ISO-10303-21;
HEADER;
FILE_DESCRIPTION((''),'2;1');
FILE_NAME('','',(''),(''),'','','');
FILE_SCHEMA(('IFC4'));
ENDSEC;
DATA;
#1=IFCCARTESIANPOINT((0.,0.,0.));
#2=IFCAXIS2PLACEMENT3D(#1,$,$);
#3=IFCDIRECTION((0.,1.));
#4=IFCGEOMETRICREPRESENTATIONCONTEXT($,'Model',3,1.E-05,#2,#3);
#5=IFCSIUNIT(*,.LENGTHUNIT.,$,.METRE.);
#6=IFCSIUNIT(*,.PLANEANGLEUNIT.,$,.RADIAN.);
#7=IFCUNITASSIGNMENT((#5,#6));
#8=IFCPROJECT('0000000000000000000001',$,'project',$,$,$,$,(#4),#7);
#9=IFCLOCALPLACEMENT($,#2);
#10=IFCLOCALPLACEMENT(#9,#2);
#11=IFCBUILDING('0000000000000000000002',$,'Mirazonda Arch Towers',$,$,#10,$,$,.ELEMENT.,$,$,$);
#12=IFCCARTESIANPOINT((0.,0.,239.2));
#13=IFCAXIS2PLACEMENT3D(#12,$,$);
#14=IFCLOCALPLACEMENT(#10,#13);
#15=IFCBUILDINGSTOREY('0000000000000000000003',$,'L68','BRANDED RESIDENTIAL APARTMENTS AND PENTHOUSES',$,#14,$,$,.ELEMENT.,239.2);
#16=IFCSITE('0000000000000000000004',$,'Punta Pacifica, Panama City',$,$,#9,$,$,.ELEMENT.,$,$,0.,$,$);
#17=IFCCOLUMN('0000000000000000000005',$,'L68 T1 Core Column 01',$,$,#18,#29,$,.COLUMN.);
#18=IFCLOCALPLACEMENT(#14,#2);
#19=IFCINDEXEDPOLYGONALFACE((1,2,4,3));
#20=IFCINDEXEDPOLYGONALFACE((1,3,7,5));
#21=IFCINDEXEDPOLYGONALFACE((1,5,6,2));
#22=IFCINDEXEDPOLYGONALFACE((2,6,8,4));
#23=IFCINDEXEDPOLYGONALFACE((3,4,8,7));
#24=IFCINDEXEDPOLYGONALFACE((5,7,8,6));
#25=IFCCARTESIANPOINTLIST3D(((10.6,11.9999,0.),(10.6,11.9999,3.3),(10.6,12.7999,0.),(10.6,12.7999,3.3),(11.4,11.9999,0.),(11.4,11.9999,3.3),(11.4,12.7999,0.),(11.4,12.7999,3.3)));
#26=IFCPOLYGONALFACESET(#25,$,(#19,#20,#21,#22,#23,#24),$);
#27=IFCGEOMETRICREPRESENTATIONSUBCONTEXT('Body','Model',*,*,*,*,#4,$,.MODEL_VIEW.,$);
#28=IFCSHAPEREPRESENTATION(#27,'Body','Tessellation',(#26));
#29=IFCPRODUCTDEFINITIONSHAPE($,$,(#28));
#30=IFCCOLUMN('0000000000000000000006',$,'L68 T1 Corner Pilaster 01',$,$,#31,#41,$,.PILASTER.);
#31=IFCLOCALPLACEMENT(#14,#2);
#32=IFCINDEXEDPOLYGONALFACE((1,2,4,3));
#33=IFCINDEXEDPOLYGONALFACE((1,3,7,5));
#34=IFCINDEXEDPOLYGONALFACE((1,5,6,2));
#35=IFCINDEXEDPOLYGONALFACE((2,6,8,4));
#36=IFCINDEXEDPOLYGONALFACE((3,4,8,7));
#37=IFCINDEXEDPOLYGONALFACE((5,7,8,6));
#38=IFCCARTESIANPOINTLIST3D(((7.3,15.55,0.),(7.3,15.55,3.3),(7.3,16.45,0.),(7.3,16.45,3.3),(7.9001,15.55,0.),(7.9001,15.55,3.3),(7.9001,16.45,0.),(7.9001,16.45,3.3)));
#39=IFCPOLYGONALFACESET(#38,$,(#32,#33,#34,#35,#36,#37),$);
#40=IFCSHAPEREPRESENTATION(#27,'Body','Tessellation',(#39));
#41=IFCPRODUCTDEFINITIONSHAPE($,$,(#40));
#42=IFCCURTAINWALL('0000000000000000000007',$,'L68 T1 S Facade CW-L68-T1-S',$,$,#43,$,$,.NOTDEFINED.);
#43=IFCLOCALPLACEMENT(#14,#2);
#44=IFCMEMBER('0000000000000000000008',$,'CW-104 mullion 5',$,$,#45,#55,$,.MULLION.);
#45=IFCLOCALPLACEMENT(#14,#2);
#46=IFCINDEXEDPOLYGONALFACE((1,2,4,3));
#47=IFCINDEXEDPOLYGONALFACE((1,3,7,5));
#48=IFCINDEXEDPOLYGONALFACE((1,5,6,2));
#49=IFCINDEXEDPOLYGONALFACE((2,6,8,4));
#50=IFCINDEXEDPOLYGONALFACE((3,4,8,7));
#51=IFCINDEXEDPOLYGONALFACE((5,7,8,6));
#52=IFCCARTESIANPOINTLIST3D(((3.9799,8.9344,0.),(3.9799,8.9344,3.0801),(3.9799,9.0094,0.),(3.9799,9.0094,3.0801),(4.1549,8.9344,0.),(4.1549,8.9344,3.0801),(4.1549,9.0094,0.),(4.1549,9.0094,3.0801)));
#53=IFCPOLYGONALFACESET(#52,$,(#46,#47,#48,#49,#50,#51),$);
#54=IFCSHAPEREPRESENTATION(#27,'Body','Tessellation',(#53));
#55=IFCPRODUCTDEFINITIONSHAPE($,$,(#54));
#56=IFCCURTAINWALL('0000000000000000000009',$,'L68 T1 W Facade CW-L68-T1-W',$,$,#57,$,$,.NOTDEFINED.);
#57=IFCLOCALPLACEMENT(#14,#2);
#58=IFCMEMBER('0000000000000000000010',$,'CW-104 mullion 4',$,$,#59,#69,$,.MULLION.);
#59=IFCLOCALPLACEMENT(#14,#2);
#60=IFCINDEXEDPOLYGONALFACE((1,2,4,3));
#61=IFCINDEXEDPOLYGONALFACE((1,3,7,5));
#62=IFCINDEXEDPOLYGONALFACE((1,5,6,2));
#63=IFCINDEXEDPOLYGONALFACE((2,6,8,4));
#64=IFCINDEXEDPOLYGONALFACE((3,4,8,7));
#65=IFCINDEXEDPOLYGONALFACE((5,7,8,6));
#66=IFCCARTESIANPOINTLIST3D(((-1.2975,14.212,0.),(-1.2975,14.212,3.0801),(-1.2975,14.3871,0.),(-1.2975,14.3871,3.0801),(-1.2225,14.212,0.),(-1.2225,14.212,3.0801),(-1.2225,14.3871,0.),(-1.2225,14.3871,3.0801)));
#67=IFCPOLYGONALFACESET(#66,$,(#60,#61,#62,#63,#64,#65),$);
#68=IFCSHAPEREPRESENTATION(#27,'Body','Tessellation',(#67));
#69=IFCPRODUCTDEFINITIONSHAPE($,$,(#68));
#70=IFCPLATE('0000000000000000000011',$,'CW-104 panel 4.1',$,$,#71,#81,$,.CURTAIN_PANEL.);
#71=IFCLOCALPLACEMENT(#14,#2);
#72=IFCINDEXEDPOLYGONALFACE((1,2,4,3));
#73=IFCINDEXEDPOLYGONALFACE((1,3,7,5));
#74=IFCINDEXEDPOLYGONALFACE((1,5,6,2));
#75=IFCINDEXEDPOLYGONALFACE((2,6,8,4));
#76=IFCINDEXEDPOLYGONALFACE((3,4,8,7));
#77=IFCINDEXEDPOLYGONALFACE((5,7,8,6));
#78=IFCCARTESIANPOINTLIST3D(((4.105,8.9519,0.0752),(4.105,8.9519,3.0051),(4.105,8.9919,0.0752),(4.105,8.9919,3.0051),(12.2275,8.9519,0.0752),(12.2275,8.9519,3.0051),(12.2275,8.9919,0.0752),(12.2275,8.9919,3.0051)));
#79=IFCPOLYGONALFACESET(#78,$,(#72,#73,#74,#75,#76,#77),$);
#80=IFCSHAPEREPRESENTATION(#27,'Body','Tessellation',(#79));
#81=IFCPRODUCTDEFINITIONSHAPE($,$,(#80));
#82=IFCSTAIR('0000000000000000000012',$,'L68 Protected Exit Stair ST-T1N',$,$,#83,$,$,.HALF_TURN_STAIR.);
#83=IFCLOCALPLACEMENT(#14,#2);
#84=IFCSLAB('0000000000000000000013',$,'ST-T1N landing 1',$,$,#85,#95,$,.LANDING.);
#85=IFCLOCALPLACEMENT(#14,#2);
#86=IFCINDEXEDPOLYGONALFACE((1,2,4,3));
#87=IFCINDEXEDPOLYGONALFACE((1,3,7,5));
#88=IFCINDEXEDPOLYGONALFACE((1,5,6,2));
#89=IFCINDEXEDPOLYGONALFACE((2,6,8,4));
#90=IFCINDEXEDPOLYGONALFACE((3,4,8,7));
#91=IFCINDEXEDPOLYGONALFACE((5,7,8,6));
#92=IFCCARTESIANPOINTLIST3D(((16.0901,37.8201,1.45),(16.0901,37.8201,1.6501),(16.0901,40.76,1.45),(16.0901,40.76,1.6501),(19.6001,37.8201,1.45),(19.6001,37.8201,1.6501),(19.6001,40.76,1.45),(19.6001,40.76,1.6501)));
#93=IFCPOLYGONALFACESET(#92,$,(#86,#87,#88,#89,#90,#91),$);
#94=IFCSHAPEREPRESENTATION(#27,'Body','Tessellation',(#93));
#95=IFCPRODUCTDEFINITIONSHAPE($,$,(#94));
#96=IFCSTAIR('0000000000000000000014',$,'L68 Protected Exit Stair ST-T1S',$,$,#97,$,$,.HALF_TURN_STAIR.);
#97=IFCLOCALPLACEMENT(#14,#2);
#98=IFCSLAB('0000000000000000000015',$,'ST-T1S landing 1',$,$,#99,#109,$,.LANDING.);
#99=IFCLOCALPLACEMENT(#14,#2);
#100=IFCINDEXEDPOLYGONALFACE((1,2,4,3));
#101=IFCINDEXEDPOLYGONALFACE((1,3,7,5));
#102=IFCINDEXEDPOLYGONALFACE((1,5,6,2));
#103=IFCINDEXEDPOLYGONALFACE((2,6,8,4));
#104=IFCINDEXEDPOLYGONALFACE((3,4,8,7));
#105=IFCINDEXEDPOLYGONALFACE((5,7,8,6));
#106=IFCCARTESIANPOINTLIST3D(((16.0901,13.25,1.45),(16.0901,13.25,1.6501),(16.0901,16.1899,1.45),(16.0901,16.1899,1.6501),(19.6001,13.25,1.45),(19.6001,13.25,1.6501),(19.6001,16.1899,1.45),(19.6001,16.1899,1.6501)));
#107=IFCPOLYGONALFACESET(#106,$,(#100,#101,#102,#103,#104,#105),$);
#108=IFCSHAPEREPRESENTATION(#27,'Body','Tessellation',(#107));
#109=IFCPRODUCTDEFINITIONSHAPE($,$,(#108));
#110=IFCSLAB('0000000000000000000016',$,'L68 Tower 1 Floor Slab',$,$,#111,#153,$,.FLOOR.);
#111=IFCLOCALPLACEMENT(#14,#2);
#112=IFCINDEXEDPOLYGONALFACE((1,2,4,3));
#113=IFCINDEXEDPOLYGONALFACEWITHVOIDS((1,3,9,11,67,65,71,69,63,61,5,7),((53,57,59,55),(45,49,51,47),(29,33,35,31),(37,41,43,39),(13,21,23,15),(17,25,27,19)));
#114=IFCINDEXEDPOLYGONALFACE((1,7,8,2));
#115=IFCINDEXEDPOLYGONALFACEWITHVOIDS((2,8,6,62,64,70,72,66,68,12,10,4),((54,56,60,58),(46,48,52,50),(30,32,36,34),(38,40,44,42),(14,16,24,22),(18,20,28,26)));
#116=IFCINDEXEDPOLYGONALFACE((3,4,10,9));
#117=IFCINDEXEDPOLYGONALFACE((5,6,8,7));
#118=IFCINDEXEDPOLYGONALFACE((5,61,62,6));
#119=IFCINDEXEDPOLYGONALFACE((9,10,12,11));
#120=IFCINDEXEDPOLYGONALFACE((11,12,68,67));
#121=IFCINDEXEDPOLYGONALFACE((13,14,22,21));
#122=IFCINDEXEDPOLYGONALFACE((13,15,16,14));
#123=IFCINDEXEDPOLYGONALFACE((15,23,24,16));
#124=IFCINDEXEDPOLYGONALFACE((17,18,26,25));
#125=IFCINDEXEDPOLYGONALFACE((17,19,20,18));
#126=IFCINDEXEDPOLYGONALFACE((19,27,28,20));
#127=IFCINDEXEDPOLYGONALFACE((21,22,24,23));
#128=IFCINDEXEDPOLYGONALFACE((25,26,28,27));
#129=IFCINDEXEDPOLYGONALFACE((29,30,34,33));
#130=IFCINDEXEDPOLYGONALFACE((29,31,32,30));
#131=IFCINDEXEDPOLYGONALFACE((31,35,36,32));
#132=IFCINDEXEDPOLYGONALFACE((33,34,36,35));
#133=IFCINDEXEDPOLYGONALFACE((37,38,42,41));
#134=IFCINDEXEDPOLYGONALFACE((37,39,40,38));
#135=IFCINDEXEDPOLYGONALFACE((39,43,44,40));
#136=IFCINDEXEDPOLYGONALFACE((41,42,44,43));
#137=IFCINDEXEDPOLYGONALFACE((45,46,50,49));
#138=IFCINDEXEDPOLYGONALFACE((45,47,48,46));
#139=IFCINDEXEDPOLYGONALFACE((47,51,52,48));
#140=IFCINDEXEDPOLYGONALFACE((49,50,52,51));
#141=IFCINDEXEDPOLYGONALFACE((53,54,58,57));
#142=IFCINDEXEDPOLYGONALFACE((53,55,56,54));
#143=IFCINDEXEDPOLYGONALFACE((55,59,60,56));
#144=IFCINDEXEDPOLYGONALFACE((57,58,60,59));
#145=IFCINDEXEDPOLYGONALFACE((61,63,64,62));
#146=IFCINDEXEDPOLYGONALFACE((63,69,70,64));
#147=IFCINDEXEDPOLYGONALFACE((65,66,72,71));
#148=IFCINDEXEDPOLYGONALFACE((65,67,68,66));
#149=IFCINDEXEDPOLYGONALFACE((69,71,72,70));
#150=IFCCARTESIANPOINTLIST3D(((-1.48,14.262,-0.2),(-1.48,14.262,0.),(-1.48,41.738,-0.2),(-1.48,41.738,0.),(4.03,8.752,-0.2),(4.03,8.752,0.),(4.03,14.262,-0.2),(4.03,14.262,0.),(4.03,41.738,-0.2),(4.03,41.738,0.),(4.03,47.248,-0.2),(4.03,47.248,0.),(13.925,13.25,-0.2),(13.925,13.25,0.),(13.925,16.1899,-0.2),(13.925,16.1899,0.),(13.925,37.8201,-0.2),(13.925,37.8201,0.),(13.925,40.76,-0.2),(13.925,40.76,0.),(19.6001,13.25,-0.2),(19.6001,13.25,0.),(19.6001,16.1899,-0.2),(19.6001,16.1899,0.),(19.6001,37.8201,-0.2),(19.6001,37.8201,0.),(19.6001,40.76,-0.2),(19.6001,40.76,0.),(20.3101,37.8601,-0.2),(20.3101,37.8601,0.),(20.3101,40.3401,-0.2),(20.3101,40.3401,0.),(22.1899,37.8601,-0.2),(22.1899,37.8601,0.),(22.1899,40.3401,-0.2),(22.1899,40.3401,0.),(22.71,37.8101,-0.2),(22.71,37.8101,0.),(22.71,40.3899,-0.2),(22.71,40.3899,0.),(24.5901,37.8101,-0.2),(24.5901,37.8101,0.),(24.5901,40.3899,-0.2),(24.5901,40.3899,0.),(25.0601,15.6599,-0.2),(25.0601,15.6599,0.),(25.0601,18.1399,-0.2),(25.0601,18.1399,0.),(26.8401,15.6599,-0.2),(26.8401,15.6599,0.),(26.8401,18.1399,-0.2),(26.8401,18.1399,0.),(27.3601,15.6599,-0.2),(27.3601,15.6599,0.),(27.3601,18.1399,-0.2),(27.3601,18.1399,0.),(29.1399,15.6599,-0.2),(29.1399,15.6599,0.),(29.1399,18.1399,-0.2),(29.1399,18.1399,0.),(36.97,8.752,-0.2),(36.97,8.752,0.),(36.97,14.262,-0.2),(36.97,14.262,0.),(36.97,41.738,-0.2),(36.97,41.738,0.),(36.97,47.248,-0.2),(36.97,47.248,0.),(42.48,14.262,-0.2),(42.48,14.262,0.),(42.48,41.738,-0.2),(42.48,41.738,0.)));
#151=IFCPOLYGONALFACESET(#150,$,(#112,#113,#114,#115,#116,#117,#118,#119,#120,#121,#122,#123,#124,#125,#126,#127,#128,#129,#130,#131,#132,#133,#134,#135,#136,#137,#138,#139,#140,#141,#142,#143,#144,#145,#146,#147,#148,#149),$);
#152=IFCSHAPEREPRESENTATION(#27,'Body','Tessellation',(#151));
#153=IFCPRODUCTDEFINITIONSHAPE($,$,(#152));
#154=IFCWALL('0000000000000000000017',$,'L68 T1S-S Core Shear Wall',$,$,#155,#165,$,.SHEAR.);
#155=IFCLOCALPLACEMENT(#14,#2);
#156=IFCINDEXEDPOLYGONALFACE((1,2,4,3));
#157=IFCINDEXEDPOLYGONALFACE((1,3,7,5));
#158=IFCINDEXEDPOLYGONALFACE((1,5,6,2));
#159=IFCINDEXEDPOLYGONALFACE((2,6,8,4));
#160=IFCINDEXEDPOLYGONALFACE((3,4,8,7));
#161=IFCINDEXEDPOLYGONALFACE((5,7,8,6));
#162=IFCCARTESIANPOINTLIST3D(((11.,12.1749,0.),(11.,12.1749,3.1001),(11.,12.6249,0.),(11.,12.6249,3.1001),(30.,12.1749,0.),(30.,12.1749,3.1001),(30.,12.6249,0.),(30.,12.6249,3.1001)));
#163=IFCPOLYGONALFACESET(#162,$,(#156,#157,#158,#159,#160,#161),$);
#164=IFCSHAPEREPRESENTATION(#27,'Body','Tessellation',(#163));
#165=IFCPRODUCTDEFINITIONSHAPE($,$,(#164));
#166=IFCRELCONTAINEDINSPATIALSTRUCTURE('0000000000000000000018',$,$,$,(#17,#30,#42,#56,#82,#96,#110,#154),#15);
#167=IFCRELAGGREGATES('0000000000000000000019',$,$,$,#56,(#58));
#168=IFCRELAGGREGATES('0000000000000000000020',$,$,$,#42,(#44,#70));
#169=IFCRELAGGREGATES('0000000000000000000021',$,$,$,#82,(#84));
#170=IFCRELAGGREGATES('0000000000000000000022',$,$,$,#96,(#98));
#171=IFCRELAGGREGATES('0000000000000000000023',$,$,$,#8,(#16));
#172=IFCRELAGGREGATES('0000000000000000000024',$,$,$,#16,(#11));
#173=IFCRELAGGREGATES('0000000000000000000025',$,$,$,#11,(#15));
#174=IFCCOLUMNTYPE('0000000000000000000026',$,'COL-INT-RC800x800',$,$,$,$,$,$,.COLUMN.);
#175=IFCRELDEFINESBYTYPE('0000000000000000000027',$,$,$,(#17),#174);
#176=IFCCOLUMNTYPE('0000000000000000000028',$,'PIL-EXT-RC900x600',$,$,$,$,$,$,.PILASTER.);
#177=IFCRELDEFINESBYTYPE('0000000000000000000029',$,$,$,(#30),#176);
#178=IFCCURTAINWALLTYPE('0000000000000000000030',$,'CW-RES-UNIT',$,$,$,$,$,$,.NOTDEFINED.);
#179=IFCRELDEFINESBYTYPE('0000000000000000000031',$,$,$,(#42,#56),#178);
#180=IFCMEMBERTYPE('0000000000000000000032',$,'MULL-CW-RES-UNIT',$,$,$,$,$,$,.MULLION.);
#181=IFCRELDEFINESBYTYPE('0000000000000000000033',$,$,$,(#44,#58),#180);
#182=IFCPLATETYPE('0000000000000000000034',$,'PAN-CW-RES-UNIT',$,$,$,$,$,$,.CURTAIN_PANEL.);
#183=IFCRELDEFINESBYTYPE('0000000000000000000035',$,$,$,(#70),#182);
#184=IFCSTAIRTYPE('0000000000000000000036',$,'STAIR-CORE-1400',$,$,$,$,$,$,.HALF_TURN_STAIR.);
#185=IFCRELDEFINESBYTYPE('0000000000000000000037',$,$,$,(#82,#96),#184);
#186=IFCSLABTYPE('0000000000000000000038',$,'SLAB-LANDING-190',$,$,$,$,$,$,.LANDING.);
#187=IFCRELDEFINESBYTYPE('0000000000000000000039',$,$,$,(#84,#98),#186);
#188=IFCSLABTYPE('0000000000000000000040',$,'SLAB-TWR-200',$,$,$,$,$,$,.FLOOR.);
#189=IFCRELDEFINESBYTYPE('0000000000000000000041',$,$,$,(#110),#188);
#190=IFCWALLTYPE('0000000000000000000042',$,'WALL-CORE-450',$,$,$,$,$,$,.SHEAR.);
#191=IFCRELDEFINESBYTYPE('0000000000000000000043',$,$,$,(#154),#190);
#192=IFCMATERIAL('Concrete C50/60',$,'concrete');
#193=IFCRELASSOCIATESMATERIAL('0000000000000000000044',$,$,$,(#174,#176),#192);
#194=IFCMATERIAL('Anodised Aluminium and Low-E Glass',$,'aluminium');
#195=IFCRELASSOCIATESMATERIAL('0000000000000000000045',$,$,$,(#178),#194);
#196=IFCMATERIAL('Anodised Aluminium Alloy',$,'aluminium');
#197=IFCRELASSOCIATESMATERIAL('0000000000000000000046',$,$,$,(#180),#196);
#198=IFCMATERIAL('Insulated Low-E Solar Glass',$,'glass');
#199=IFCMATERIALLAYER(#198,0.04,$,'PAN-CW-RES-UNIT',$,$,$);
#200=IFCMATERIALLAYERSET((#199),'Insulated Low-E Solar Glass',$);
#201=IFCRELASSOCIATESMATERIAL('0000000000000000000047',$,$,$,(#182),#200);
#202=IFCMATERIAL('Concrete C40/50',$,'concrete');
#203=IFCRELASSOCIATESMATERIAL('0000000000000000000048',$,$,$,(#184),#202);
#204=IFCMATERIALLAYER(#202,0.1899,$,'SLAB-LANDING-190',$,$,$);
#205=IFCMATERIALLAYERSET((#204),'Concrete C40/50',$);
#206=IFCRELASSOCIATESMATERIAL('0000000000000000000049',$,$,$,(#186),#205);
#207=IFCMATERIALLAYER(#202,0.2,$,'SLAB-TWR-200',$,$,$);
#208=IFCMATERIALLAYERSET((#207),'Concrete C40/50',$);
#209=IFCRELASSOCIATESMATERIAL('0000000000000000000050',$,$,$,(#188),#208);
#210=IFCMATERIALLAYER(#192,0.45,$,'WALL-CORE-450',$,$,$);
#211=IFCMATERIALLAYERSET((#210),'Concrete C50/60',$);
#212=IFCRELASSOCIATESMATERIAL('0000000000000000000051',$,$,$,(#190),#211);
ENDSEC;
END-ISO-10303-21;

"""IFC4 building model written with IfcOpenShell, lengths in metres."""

from ifc_helpers import new_model, si_unit, direction, frame, frame_2d, origin, origin_2d, place, context, subcontext, project, spatial, polyline, rectangle, outline, extrude, material, layer, layer_set, material_profile, profile_set, type_object, element, aggregate, save


model = new_model("IFC4")

# Units and contexts
model_context = context("Model", 3, precision=1e-05, world=origin(), true_north=direction((0.0, 1.0)))
body_context = subcontext(model_context, "Body", "Model", "MODEL_VIEW")
ifc_project = project(units=[si_unit("LENGTHUNIT", "METRE"), si_unit("PLANEANGLEUNIT", "RADIAN")], contexts=[model_context])

# Site, building, storey
site_placement = place(None, origin())
site = spatial("IfcSite", under=ifc_project, at=site_placement, Name="Punta Pacifica, Panama City", CompositionType="ELEMENT", RefElevation=0.0)
building_placement = place(site_placement, origin())
building = spatial("IfcBuilding", under=site, at=building_placement, Name="Mirazonda Arch Towers", CompositionType="ELEMENT")
storey_placement = place(building_placement, frame((0.0, 0.0, 239.2)))
storey = spatial("IfcBuildingStorey", under=building, at=storey_placement, Name="L68", Description="BRANDED RESIDENTIAL APARTMENTS AND PENTHOUSES", CompositionType="ELEMENT", Elevation=239.2)

# Columns
ifc_material_1 = material(Name="Concrete C50/60", Category="concrete")
ifc_material_profile_1 = material_profile(ifc_material_1, rectangle(XDim=0.8, YDim=0.8, at=origin_2d()), Name="RC800x800")
ifc_profile_set_1 = profile_set([ifc_material_profile_1], Name="Concrete C50/60")
column_type_1 = type_object("IfcColumnType", Name="COL-INT-RC800x800", PredefinedType="COLUMN", material=ifc_profile_set_1)
column_1_placement = place(storey_placement, frame((11.0, 12.3999, 0.0), z_axis=(0.0, 0.0, 1.0), x_axis=(1.0, 0.0, 0.0)))
element("IfcColumn", 1, at=column_1_placement, inside=storey, type_object=column_type_1, Name="L68 T1 Core Column 01", PredefinedType="COLUMN", context=body_context, shape_type="SweptSolid", body=[
    extrude(rectangle(XDim=0.8, YDim=0.8, at=origin_2d()), origin(), (0.0, 0.0, 1.0), 3.3),
])
ifc_material_profile_2 = material_profile(ifc_material_1, rectangle(XDim=0.6001, YDim=0.8999, at=origin_2d()), Name="RC900x600")
ifc_profile_set_2 = profile_set([ifc_material_profile_2], Name="Concrete C50/60")
column_type_2 = type_object("IfcColumnType", Name="PIL-EXT-RC900x600", PredefinedType="PILASTER", material=ifc_profile_set_2)
column_2_placement = place(storey_placement, frame((7.6001, 16.0, 0.0), z_axis=(0.0, 0.0, 1.0), x_axis=(1.0, 0.0, 0.0)))
element("IfcColumn", 2, at=column_2_placement, inside=storey, type_object=column_type_2, Name="L68 T1 Corner Pilaster 01", PredefinedType="PILASTER", context=body_context, shape_type="SweptSolid", body=[
    extrude(rectangle(XDim=0.6001, YDim=0.8999, at=origin_2d()), origin(), (0.0, 0.0, 1.0), 3.3),
])

# Curtain walls, members
ifc_material_2 = material(Name="Anodised Aluminium and Low-E Glass", Category="aluminium")
curtain_wall_type = type_object("IfcCurtainWallType", Name="CW-RES-UNIT", PredefinedType="NOTDEFINED", material=ifc_material_2)
curtain_wall_1_placement = place(storey_placement, origin())
curtain_wall_1 = element("IfcCurtainWall", 3, at=curtain_wall_1_placement, inside=storey, type_object=curtain_wall_type, Name="L68 T1 S Facade CW-L68-T1-S", PredefinedType="NOTDEFINED")
ifc_material_3 = material(Name="Anodised Aluminium Alloy", Category="aluminium")
ifc_material_profile_3 = material_profile(ifc_material_3, rectangle(XDim=0.075, YDim=0.175, at=origin_2d()), Name="ALU-MULL-75x175")
ifc_profile_set_3 = profile_set([ifc_material_profile_3], Name="Anodised Aluminium Alloy")
member_type = type_object("IfcMemberType", Name="MULL-CW-RES-UNIT", PredefinedType="MULLION", material=ifc_profile_set_3)
member_1_placement = place(storey_placement, frame((4.0674, 8.9719, 0.0), z_axis=(0.0, 0.0, 1.0), x_axis=(0.0, -1.0, 0.0)))
member_1 = element("IfcMember", 4, at=member_1_placement, type_object=member_type, Name="CW-104 mullion 5", PredefinedType="MULLION", context=body_context, shape_type="SweptSolid", body=[
    extrude(rectangle(XDim=0.075, YDim=0.175, at=origin_2d()), origin(), (0.0, 0.0, 1.0), 3.0801),
])
curtain_wall_2_placement = place(storey_placement, origin())
curtain_wall_2 = element("IfcCurtainWall", 5, at=curtain_wall_2_placement, inside=storey, type_object=curtain_wall_type, Name="L68 T1 W Facade CW-L68-T1-W", PredefinedType="NOTDEFINED")
member_2_placement = place(storey_placement, frame((-1.26, 14.2996, 0.0), z_axis=(0.0, 0.0, 1.0), x_axis=(1.0, 0.0, 0.0)))
member_2 = element("IfcMember", 6, at=member_2_placement, type_object=member_type, Name="CW-104 mullion 4", PredefinedType="MULLION", context=body_context, shape_type="SweptSolid", body=[
    extrude(rectangle(XDim=0.075, YDim=0.175, at=origin_2d()), origin(), (0.0, 0.0, 1.0), 3.0801),
])
aggregate(curtain_wall_2, [member_2])

# Plate
ifc_material_4 = material(Name="Insulated Low-E Solar Glass", Category="glass")
ifc_layer_1 = layer(ifc_material_4, 0.04, Name="PAN-CW-RES-UNIT")
ifc_layer_set_1 = layer_set([ifc_layer_1], Name="Insulated Low-E Solar Glass")
plate_type = type_object("IfcPlateType", Name="PAN-CW-RES-UNIT", PredefinedType="CURTAIN_PANEL", material=ifc_layer_set_1)
plate_placement = place(storey_placement, frame((8.1663, 8.9719, 0.0752), z_axis=(0.0, 0.0, 1.0), x_axis=(-1.0, 0.0, 0.0)))
plate = element("IfcPlate", 7, at=plate_placement, type_object=plate_type, Name="CW-104 panel 4.1", PredefinedType="CURTAIN_PANEL", context=body_context, shape_type="SweptSolid", body=[
    extrude(rectangle(XDim=8.1226, YDim=0.04, at=origin_2d()), origin(), (0.0, 0.0, 1.0), 2.9299),
])
aggregate(curtain_wall_1, [member_1, plate])

# Stairs, slabs
ifc_material_5 = material(Name="Concrete C40/50", Category="concrete")
stair_type = type_object("IfcStairType", Name="STAIR-CORE-1400", PredefinedType="HALF_TURN_STAIR", material=ifc_material_5)
stair_1_placement = place(storey_placement, origin())
stair_1 = element("IfcStair", 8, at=stair_1_placement, inside=storey, type_object=stair_type, Name="L68 Protected Exit Stair ST-T1N", PredefinedType="HALF_TURN_STAIR")
ifc_layer_2 = layer(ifc_material_5, 0.1899, Name="SLAB-LANDING-190")
ifc_layer_set_2 = layer_set([ifc_layer_2], Name="Concrete C40/50")
slab_type_1 = type_object("IfcSlabType", Name="SLAB-LANDING-190", PredefinedType="LANDING", material=ifc_layer_set_2)
slab_1_placement = place(storey_placement, frame((0.0, 0.0, 1.45)))
slab_1 = element("IfcSlab", 9, at=slab_1_placement, type_object=slab_type_1, Name="ST-T1N landing 1", PredefinedType="LANDING", context=body_context, shape_type="SweptSolid", body=[
    extrude(outline(polyline([(16.0901, 37.8201), (19.6001, 37.8201), (19.6001, 40.76), (16.0901, 40.76), (16.0901, 37.8201)])), origin(), (0.0, 0.0, 1.0), 0.2002),
])
aggregate(stair_1, [slab_1])
stair_2_placement = place(storey_placement, origin())
stair_2 = element("IfcStair", 10, at=stair_2_placement, inside=storey, type_object=stair_type, Name="L68 Protected Exit Stair ST-T1S", PredefinedType="HALF_TURN_STAIR")
slab_2_placement = place(storey_placement, frame((0.0, 0.0, 1.45)))
slab_2 = element("IfcSlab", 11, at=slab_2_placement, type_object=slab_type_1, Name="ST-T1S landing 1", PredefinedType="LANDING", context=body_context, shape_type="SweptSolid", body=[
    extrude(outline(polyline([(16.0901, 13.25), (19.6001, 13.25), (19.6001, 16.1899), (16.0901, 16.1899), (16.0901, 13.25)])), origin(), (0.0, 0.0, 1.0), 0.2002),
])
aggregate(stair_2, [slab_2])

# Slab
ifc_layer_3 = layer(ifc_material_5, 0.2, Name="SLAB-TWR-200")
ifc_layer_set_3 = layer_set([ifc_layer_3], Name="Concrete C40/50")
slab_type_2 = type_object("IfcSlabType", Name="SLAB-TWR-200", PredefinedType="FLOOR", material=ifc_layer_set_3)
slab_3_placement = place(storey_placement, frame((0.0, 0.0, -0.2)))
element("IfcSlab", 12, at=slab_3_placement, inside=storey, type_object=slab_type_2, Name="L68 Tower 1 Floor Slab", PredefinedType="FLOOR", context=body_context, shape_type="SweptSolid", body=[
    extrude(outline(polyline([(4.03, 8.752), (36.97, 8.752), (36.97, 14.262), (42.48, 14.262), (42.48, 41.738), (36.97, 41.738), (36.97, 47.248), (4.03, 47.248), (4.03, 41.738), (-1.48, 41.738), (-1.48, 14.262), (4.03, 14.262), (4.03, 8.752)]), holes=[polyline([(27.3601, 18.1399), (29.1399, 18.1399), (29.1399, 15.6599), (27.3601, 15.6599), (27.3601, 18.1399)]), polyline([(25.0601, 18.1399), (26.8401, 18.1399), (26.8401, 15.6599), (25.0601, 15.6599), (25.0601, 18.1399)]), polyline([(22.71, 40.3899), (24.5901, 40.3899), (24.5901, 37.8101), (22.71, 37.8101), (22.71, 40.3899)]), polyline([(20.3101, 37.8601), (20.3101, 40.3401), (22.1899, 40.3401), (22.1899, 37.8601), (20.3101, 37.8601)]), polyline([(19.6001, 13.25), (13.925, 13.25), (13.925, 16.1899), (19.6001, 16.1899), (19.6001, 13.25)]), polyline([(13.925, 37.8201), (13.925, 40.76), (19.6001, 40.76), (19.6001, 37.8201), (13.925, 37.8201)])]), origin(), (0.0, 0.0, 1.0), 0.2),
])

# Wall
ifc_layer_4 = layer(ifc_material_1, 0.45, Name="WALL-CORE-450")
ifc_layer_set_4 = layer_set([ifc_layer_4], Name="Concrete C50/60")
wall_type_1 = type_object("IfcWallType", Name="WALL-CORE-450", PredefinedType="SHEAR", material=ifc_layer_set_4)
wall_1_placement = place(storey_placement, frame((11.0, 12.3999, 0.0), z_axis=(0.0, 0.0, 1.0), x_axis=(1.0, 0.0, 0.0)))
element("IfcWall", 13, at=wall_1_placement, inside=storey, type_object=wall_type_1, Name="L68 T1S-S Core Shear Wall", PredefinedType="SHEAR", context=body_context, shape_type="SweptSolid", body=[
    extrude(rectangle(XDim=19.0, YDim=0.45, at=frame_2d((9.5, 0.0))), origin(), (0.0, 0.0, 1.0), 3.1001),
])

save(model, "model.ifc")
